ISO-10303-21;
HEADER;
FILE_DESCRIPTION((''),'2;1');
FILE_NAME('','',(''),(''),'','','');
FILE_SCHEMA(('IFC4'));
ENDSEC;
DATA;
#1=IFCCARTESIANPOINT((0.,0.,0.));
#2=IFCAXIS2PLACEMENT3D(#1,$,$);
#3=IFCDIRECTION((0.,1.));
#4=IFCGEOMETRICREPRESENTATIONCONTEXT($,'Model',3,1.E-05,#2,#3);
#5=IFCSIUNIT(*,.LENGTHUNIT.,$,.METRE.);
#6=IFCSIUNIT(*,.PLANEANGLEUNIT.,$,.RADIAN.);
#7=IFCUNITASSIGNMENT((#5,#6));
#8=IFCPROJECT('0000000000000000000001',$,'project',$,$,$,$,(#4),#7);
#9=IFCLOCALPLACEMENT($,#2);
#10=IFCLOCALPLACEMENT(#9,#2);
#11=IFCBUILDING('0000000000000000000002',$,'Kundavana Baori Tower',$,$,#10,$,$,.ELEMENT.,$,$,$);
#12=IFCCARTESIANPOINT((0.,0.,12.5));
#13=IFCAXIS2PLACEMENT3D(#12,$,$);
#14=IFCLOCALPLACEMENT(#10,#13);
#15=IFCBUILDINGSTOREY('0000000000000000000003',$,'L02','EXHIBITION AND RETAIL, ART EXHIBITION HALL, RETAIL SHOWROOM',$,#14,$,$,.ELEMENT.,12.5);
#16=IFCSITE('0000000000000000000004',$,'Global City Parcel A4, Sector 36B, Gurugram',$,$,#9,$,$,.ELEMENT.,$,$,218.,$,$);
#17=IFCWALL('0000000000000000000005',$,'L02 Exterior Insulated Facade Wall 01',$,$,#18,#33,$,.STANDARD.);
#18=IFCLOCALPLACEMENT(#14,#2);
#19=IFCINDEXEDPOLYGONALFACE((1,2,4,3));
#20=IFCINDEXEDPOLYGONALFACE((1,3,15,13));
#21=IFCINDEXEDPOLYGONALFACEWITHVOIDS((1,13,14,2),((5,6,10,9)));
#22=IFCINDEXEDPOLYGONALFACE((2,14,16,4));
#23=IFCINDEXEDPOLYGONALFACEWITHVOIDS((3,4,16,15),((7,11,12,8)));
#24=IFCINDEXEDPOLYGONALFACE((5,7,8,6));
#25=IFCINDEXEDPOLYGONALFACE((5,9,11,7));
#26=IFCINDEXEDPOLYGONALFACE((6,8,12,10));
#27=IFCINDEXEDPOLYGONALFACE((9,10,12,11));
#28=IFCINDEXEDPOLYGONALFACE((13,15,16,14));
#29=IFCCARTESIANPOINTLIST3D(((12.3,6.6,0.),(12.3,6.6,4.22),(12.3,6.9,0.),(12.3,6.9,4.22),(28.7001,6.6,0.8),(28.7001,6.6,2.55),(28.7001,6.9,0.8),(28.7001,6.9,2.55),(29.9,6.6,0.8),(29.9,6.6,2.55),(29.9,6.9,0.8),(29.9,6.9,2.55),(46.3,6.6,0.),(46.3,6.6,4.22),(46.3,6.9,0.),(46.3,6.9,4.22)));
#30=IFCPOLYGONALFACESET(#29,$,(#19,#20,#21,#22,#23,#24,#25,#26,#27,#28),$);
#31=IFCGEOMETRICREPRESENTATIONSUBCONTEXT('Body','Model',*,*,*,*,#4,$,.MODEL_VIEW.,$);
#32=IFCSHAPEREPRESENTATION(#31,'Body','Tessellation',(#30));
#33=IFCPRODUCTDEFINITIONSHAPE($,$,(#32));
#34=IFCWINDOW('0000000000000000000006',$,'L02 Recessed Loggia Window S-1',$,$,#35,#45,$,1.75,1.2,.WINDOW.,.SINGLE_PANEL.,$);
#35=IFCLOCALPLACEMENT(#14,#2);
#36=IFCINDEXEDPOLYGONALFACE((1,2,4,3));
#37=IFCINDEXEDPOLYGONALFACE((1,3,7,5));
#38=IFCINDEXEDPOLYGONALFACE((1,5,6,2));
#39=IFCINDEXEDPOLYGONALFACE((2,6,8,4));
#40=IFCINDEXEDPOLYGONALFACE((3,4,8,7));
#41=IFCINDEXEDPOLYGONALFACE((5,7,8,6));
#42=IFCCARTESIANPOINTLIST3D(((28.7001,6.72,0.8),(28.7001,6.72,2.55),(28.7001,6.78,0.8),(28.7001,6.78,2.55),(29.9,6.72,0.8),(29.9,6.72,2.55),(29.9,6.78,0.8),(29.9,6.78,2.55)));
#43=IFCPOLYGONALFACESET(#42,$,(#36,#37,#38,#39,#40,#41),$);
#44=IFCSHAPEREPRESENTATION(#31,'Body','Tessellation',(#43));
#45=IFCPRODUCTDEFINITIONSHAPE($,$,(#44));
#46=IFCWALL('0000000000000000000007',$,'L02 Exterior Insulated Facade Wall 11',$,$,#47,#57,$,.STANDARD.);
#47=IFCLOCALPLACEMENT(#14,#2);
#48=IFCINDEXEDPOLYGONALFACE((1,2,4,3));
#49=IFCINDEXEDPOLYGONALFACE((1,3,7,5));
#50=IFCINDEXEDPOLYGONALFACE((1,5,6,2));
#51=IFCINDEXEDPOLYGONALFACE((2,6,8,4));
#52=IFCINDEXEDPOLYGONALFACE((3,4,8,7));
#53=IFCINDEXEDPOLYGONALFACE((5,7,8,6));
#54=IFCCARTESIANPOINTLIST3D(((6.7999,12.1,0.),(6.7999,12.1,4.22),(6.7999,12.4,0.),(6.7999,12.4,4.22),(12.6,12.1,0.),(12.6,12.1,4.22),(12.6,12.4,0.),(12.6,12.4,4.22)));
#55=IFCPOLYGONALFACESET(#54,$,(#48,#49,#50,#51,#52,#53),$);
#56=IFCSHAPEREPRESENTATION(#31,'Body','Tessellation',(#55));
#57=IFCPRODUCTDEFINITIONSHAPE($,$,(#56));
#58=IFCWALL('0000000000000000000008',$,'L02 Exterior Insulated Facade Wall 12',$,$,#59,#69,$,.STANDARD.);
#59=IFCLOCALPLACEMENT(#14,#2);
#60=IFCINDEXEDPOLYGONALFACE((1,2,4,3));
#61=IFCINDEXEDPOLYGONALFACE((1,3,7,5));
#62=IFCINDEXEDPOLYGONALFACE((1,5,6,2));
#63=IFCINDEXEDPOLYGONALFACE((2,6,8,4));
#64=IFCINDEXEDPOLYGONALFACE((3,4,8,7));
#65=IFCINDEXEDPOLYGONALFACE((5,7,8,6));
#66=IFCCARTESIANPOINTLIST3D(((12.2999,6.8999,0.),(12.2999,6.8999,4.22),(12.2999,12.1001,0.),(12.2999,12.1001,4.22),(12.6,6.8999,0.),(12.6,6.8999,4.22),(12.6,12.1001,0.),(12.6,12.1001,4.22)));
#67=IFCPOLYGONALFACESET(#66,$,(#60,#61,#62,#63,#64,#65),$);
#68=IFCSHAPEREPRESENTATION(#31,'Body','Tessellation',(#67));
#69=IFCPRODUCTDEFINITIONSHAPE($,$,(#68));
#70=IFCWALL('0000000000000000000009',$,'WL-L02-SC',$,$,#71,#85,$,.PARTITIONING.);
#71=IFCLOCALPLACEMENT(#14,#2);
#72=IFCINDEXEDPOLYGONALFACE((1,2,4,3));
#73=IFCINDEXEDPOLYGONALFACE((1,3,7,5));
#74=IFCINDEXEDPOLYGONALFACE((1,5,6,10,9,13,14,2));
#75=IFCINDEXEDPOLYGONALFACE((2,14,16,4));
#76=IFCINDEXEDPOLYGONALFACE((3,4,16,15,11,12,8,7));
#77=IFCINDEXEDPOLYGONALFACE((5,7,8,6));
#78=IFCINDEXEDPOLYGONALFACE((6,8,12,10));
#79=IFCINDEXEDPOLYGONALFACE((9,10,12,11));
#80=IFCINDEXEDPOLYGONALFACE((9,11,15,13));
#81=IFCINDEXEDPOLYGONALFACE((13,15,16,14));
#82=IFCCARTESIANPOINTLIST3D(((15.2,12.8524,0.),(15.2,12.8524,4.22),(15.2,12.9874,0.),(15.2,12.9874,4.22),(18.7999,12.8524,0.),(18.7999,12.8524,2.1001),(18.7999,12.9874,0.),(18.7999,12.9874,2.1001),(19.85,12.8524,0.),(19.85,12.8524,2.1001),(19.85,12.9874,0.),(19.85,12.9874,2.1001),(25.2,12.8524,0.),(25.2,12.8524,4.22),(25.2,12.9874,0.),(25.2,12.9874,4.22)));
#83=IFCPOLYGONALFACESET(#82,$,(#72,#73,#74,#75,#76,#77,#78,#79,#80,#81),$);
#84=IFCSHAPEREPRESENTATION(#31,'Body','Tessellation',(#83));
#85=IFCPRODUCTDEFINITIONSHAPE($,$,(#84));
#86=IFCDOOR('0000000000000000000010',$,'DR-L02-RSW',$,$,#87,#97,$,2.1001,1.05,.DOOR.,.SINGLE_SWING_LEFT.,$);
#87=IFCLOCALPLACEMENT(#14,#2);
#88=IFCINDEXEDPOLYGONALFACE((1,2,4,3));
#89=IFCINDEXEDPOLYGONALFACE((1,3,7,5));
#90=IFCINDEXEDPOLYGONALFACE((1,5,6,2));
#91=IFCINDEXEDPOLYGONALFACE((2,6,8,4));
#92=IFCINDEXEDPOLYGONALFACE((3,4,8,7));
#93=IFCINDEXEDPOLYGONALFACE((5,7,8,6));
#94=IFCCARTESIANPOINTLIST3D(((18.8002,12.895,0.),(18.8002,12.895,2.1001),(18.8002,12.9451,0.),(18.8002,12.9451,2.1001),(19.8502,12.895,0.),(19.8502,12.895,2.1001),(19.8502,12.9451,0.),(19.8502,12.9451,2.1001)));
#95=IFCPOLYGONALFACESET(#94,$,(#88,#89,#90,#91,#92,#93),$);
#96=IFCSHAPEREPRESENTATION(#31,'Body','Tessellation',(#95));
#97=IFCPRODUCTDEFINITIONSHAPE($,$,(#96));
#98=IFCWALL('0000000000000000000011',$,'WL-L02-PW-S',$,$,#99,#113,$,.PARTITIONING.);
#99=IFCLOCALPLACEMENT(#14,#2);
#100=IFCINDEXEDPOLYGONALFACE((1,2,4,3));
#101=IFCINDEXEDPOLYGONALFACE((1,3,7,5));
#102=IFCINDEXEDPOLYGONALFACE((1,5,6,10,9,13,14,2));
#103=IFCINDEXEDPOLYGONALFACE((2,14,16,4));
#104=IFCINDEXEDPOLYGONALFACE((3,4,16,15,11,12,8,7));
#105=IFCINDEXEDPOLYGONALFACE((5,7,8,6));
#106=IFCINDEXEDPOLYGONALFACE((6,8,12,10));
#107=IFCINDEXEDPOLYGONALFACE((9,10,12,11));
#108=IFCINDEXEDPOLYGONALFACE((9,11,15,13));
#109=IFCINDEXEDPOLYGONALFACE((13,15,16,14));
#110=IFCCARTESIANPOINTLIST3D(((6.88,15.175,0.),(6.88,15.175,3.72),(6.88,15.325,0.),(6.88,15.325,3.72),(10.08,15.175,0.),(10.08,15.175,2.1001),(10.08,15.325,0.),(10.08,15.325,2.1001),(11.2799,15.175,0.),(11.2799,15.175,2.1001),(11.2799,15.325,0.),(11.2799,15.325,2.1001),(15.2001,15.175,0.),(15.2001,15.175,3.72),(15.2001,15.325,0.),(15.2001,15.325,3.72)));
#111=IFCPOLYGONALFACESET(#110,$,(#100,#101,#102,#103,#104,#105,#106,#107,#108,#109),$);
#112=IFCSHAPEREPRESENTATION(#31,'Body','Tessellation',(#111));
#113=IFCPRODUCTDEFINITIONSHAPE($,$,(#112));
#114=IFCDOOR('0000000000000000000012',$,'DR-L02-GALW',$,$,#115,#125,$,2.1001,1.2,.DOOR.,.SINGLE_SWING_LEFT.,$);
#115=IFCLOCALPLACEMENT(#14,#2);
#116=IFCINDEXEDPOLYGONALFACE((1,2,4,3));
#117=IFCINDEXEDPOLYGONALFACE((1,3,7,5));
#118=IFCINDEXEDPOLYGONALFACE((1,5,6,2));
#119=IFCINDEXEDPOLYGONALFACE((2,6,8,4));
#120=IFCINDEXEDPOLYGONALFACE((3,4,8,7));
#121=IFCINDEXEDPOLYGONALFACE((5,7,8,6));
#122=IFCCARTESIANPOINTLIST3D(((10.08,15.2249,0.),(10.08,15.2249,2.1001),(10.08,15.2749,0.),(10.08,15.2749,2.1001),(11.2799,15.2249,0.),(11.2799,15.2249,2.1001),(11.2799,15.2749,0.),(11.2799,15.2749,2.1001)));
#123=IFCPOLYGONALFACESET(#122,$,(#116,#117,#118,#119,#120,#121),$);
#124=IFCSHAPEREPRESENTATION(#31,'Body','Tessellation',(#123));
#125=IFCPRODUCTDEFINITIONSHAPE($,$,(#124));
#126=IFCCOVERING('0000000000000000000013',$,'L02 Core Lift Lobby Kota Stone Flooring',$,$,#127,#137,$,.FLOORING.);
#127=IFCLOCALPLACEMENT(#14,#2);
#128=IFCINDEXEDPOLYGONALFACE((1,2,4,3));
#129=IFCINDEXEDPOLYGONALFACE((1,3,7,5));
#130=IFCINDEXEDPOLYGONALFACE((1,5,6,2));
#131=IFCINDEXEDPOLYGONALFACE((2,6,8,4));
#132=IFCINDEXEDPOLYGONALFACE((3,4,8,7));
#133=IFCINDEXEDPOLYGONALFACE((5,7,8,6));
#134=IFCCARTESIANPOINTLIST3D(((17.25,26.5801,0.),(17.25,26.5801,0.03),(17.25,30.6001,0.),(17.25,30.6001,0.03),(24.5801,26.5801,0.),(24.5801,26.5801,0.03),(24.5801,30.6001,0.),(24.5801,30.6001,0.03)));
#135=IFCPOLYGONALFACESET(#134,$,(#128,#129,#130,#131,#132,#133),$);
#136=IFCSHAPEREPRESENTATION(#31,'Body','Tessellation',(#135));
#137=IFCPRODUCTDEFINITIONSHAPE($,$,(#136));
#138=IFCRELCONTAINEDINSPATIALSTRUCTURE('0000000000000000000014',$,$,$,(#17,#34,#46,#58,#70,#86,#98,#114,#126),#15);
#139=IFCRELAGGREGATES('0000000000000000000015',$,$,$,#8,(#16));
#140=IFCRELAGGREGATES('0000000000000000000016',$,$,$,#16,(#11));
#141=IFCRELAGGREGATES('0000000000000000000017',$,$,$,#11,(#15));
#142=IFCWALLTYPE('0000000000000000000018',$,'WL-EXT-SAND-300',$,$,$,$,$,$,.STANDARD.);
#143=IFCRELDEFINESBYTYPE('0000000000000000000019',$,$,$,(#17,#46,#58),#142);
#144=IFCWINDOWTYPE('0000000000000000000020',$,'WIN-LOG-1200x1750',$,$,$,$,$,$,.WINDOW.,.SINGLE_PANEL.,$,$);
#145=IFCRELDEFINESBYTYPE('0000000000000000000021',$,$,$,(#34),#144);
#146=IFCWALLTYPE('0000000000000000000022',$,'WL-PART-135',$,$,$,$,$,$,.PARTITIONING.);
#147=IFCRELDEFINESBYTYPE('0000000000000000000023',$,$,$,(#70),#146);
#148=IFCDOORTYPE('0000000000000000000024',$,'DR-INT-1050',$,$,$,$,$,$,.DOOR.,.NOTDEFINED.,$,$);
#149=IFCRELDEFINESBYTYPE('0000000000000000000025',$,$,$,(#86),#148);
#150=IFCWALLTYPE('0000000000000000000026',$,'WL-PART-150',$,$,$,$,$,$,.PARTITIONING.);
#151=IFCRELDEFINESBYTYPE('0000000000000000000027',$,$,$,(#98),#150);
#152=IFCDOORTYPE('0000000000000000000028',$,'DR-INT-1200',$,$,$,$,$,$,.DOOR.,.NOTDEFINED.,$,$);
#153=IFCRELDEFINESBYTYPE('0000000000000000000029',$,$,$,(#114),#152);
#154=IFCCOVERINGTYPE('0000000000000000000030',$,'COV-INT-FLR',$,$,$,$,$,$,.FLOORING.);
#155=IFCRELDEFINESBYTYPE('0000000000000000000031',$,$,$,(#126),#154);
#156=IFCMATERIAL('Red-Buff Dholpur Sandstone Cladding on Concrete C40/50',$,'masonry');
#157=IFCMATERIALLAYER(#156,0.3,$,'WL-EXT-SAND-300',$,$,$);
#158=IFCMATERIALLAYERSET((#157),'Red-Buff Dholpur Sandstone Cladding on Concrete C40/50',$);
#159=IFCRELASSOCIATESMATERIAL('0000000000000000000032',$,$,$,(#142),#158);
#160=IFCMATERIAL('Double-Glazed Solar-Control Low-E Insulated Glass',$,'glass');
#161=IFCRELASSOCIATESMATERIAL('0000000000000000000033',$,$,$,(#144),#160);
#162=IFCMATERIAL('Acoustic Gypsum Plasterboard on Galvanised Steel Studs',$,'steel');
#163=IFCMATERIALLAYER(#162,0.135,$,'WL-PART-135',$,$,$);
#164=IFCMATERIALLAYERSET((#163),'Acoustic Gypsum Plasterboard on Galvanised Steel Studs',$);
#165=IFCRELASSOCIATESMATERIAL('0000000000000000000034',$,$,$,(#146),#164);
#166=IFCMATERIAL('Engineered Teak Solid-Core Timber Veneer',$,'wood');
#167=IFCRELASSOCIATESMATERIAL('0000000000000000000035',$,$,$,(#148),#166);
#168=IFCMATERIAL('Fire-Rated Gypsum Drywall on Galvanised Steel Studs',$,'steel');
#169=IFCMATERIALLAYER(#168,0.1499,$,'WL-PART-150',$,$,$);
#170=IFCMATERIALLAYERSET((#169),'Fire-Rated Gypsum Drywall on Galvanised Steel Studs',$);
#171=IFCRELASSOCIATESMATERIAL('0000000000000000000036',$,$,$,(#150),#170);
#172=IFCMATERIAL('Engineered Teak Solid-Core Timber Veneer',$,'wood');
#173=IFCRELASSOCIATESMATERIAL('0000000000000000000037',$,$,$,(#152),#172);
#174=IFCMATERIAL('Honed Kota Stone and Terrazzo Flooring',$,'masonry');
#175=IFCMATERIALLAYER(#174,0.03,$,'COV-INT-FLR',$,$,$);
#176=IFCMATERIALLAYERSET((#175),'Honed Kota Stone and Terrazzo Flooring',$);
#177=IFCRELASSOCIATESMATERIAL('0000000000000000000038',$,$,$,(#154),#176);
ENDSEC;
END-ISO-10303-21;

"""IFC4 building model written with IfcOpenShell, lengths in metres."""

from ifc_helpers import new_model, si_unit, direction, frame, frame_2d, origin, place, context, subcontext, project, spatial, polyline, rectangle, outline, extrude, material, layer, layer_set, type_object, element, fill, save


model = new_model("IFC4")

# Units and contexts
model_context = context("Model", 3, precision=1e-05, world=origin(), true_north=direction((0.0, 1.0)))
body_context = subcontext(model_context, "Body", "Model", "MODEL_VIEW")
ifc_project = project(units=[si_unit("LENGTHUNIT", "METRE"), si_unit("PLANEANGLEUNIT", "RADIAN")], contexts=[model_context])

# Site, building, storey
site_placement = place(None, origin())
site = spatial("IfcSite", under=ifc_project, at=site_placement, Name="Global City Parcel A4, Sector 36B, Gurugram", CompositionType="ELEMENT", RefElevation=218.0)
building_placement = place(site_placement, origin())
building = spatial("IfcBuilding", under=site, at=building_placement, Name="Kundavana Baori Tower", CompositionType="ELEMENT")
storey_placement = place(building_placement, frame((0.0, 0.0, 12.5)))
storey = spatial("IfcBuildingStorey", under=building, at=storey_placement, Name="L02", Description="EXHIBITION AND RETAIL, ART EXHIBITION HALL, RETAIL SHOWROOM", CompositionType="ELEMENT", Elevation=12.5)

# Wall, opening, window
ifc_material_1 = material(Name="Red-Buff Dholpur Sandstone Cladding on Concrete C40/50", Category="masonry")
ifc_layer_1 = layer(ifc_material_1, 0.3, Name="WL-EXT-SAND-300")
ifc_layer_set_1 = layer_set([ifc_layer_1], Name="Red-Buff Dholpur Sandstone Cladding on Concrete C40/50")
wall_type_1 = type_object("IfcWallType", Name="WL-EXT-SAND-300", PredefinedType="STANDARD", material=ifc_layer_set_1)
wall_1_placement = place(storey_placement, frame((12.3, 6.75, 0.0), z_axis=(0.0, 0.0, 1.0), x_axis=(1.0, 0.0, 0.0)))
wall_1 = element("IfcWall", 1, at=wall_1_placement, inside=storey, type_object=wall_type_1, Name="L02 Exterior Insulated Facade Wall 01", PredefinedType="STANDARD", context=body_context, shape_type="SweptSolid", body=[
    extrude(rectangle(XDim=34.0, YDim=0.3, at=frame_2d((17.0, 0.0))), origin(), (0.0, 0.0, 1.0), 4.22),
])
opening_1_placement = place(wall_1_placement, frame((16.3999, 0.0, 0.8)))
opening_1 = element("IfcOpeningElement", 2, at=opening_1_placement, cuts=wall_1, PredefinedType="OPENING", context=body_context, shape_type="SweptSolid", body=[
    extrude(rectangle(XDim=1.2, YDim=1.75, at=frame_2d((0.6001, 0.875))), frame((0.0, 0.1602, 0.0), z_axis=(0.0, -1.0, 0.0), x_axis=(1.0, 0.0, 0.0)), (0.0, 0.0, 1.0), 0.3201),
])
ifc_material_2 = material(Name="Double-Glazed Solar-Control Low-E Insulated Glass", Category="glass")
window_type = type_object("IfcWindowType", Name="WIN-LOG-1200x1750", PartitioningType="SINGLE_PANEL", PredefinedType="WINDOW", material=ifc_material_2)
window_placement = place(opening_1_placement, origin())
window = element("IfcWindow", 3, at=window_placement, inside=storey, type_object=window_type, Name="L02 Recessed Loggia Window S-1", OverallHeight=1.75, OverallWidth=1.2, PartitioningType="SINGLE_PANEL", PredefinedType="WINDOW", context=body_context, shape_type="SweptSolid", body=[
    extrude(rectangle(XDim=1.2, YDim=1.75, at=frame_2d((0.6001, 0.875))), frame((0.0, 0.03, 0.0), z_axis=(0.0, -1.0, 0.0), x_axis=(1.0, 0.0, 0.0)), (0.0, 0.0, 1.0), 0.0601),
])
fill(opening_1, window)

# Walls
wall_2_placement = place(storey_placement, frame((6.8, 12.25, 0.0), z_axis=(0.0, 0.0, 1.0), x_axis=(1.0, 0.0, 0.0)))
element("IfcWall", 4, at=wall_2_placement, inside=storey, type_object=wall_type_1, Name="L02 Exterior Insulated Facade Wall 11", PredefinedType="STANDARD", context=body_context, shape_type="SweptSolid", body=[
    extrude(rectangle(XDim=5.8, YDim=0.3, at=frame_2d((2.8999, 0.0))), origin(), (0.0, 0.0, 1.0), 4.22),
])
wall_3_placement = place(storey_placement, frame((12.45, 12.1001, 0.0), z_axis=(0.0, 0.0, 1.0), x_axis=(0.0, -1.0, 0.0)))
element("IfcWall", 5, at=wall_3_placement, inside=storey, type_object=wall_type_1, Name="L02 Exterior Insulated Facade Wall 12", PredefinedType="STANDARD", context=body_context, shape_type="SweptSolid", body=[
    extrude(rectangle(XDim=5.2002, YDim=0.3, at=frame_2d((2.6001, 0.0))), origin(), (0.0, 0.0, 1.0), 4.22),
])

# Walls, openings, doors
ifc_material_3 = material(Name="Acoustic Gypsum Plasterboard on Galvanised Steel Studs", Category="steel")
ifc_layer_2 = layer(ifc_material_3, 0.135, Name="WL-PART-135")
ifc_layer_set_2 = layer_set([ifc_layer_2], Name="Acoustic Gypsum Plasterboard on Galvanised Steel Studs")
wall_type_2 = type_object("IfcWallType", Name="WL-PART-135", PredefinedType="PARTITIONING", material=ifc_layer_set_2)
wall_4_placement = place(storey_placement, frame((15.2, 12.9199, 0.0), z_axis=(0.0, 0.0, 1.0), x_axis=(1.0, 0.0, 0.0)))
wall_4 = element("IfcWall", 6, at=wall_4_placement, inside=storey, type_object=wall_type_2, Name="WL-L02-SC", PredefinedType="PARTITIONING", context=body_context, shape_type="SweptSolid", body=[
    extrude(rectangle(XDim=10.0, YDim=0.135, at=frame_2d((5.0, 0.0))), origin(), (0.0, 0.0, 1.0), 4.22),
])
opening_2_placement = place(wall_4_placement, frame((3.6001, 0.0, 0.0)))
opening_2 = element("IfcOpeningElement", 7, at=opening_2_placement, cuts=wall_4, PredefinedType="OPENING", context=body_context, shape_type="SweptSolid", body=[
    extrude(rectangle(XDim=1.05, YDim=2.1001, at=frame_2d((0.5249, 1.05))), frame((0.0, 0.0776, 0.0), z_axis=(0.0, -1.0, 0.0), x_axis=(1.0, 0.0, 0.0)), (0.0, 0.0, 1.0), 0.155),
])
ifc_material_4 = material(Name="Engineered Teak Solid-Core Timber Veneer", Category="wood")
door_type_1 = type_object("IfcDoorType", Name="DR-INT-1050", OperationType="NOTDEFINED", PredefinedType="DOOR", material=ifc_material_4)
door_1_placement = place(opening_2_placement, frame((1.05, 0.0, 0.0), z_axis=(0.0, 0.0, 1.0), x_axis=(-1.0, 0.0, 0.0)))
door_1 = element("IfcDoor", 8, at=door_1_placement, inside=storey, type_object=door_type_1, Name="DR-L02-RSW", OperationType="SINGLE_SWING_LEFT", OverallHeight=2.1001, OverallWidth=1.05, PredefinedType="DOOR", context=body_context, shape_type="SweptSolid", body=[
    extrude(rectangle(XDim=1.05, YDim=2.1001, at=frame_2d((0.5249, 1.05))), frame((0.0, 0.0249, 0.0), z_axis=(0.0, -1.0, 0.0), x_axis=(1.0, 0.0, 0.0)), (0.0, 0.0, 1.0), 0.05),
])
fill(opening_2, door_1)
ifc_material_5 = material(Name="Fire-Rated Gypsum Drywall on Galvanised Steel Studs", Category="steel")
ifc_layer_3 = layer(ifc_material_5, 0.1499, Name="WL-PART-150")
ifc_layer_set_3 = layer_set([ifc_layer_3], Name="Fire-Rated Gypsum Drywall on Galvanised Steel Studs")
wall_type_3 = type_object("IfcWallType", Name="WL-PART-150", PredefinedType="PARTITIONING", material=ifc_layer_set_3)
wall_5_placement = place(storey_placement, frame((6.8799, 15.25, 0.0), z_axis=(0.0, 0.0, 1.0), x_axis=(1.0, 0.0, 0.0)))
wall_5 = element("IfcWall", 9, at=wall_5_placement, inside=storey, type_object=wall_type_3, Name="WL-L02-PW-S", PredefinedType="PARTITIONING", context=body_context, shape_type="SweptSolid", body=[
    extrude(rectangle(XDim=8.3201, YDim=0.1499, at=frame_2d((4.1602, 0.0))), origin(), (0.0, 0.0, 1.0), 3.72),
])
opening_3_placement = place(wall_5_placement, frame((3.2, 0.0, 0.0)))
opening_3 = element("IfcOpeningElement", 10, at=opening_3_placement, cuts=wall_5, PredefinedType="OPENING", context=body_context, shape_type="SweptSolid", body=[
    extrude(rectangle(XDim=1.2, YDim=2.1001, at=frame_2d((0.6001, 1.05))), frame((0.0, 0.085, 0.0), z_axis=(0.0, -1.0, 0.0), x_axis=(1.0, 0.0, 0.0)), (0.0, 0.0, 1.0), 0.1699),
])
ifc_material_6 = material(Name="Engineered Teak Solid-Core Timber Veneer", Category="wood")
door_type_2 = type_object("IfcDoorType", Name="DR-INT-1200", OperationType="NOTDEFINED", PredefinedType="DOOR", material=ifc_material_6)
door_2_placement = place(opening_3_placement, origin())
door_2 = element("IfcDoor", 11, at=door_2_placement, inside=storey, type_object=door_type_2, Name="DR-L02-GALW", OperationType="SINGLE_SWING_LEFT", OverallHeight=2.1001, OverallWidth=1.2, PredefinedType="DOOR", context=body_context, shape_type="SweptSolid", body=[
    extrude(rectangle(XDim=1.2, YDim=2.1001, at=frame_2d((0.6001, 1.05))), frame((0.0, 0.0249, 0.0), z_axis=(0.0, -1.0, 0.0), x_axis=(1.0, 0.0, 0.0)), (0.0, 0.0, 1.0), 0.05),
])
fill(opening_3, door_2)

# Covering
ifc_material_7 = material(Name="Honed Kota Stone and Terrazzo Flooring", Category="masonry")
ifc_layer_4 = layer(ifc_material_7, 0.03, Name="COV-INT-FLR")
ifc_layer_set_4 = layer_set([ifc_layer_4], Name="Honed Kota Stone and Terrazzo Flooring")
covering_type = type_object("IfcCoveringType", Name="COV-INT-FLR", PredefinedType="FLOORING", material=ifc_layer_set_4)
covering_placement = place(storey_placement, origin())
element("IfcCovering", 12, at=covering_placement, inside=storey, type_object=covering_type, Name="L02 Core Lift Lobby Kota Stone Flooring", PredefinedType="FLOORING", context=body_context, shape_type="SweptSolid", body=[
    extrude(outline(polyline([(17.25, 26.5801), (24.5801, 26.5801), (24.5801, 30.6001), (17.25, 30.6001), (17.25, 26.5801)])), origin(), (0.0, 0.0, 1.0), 0.03),
])

save(model, "model.ifc")
